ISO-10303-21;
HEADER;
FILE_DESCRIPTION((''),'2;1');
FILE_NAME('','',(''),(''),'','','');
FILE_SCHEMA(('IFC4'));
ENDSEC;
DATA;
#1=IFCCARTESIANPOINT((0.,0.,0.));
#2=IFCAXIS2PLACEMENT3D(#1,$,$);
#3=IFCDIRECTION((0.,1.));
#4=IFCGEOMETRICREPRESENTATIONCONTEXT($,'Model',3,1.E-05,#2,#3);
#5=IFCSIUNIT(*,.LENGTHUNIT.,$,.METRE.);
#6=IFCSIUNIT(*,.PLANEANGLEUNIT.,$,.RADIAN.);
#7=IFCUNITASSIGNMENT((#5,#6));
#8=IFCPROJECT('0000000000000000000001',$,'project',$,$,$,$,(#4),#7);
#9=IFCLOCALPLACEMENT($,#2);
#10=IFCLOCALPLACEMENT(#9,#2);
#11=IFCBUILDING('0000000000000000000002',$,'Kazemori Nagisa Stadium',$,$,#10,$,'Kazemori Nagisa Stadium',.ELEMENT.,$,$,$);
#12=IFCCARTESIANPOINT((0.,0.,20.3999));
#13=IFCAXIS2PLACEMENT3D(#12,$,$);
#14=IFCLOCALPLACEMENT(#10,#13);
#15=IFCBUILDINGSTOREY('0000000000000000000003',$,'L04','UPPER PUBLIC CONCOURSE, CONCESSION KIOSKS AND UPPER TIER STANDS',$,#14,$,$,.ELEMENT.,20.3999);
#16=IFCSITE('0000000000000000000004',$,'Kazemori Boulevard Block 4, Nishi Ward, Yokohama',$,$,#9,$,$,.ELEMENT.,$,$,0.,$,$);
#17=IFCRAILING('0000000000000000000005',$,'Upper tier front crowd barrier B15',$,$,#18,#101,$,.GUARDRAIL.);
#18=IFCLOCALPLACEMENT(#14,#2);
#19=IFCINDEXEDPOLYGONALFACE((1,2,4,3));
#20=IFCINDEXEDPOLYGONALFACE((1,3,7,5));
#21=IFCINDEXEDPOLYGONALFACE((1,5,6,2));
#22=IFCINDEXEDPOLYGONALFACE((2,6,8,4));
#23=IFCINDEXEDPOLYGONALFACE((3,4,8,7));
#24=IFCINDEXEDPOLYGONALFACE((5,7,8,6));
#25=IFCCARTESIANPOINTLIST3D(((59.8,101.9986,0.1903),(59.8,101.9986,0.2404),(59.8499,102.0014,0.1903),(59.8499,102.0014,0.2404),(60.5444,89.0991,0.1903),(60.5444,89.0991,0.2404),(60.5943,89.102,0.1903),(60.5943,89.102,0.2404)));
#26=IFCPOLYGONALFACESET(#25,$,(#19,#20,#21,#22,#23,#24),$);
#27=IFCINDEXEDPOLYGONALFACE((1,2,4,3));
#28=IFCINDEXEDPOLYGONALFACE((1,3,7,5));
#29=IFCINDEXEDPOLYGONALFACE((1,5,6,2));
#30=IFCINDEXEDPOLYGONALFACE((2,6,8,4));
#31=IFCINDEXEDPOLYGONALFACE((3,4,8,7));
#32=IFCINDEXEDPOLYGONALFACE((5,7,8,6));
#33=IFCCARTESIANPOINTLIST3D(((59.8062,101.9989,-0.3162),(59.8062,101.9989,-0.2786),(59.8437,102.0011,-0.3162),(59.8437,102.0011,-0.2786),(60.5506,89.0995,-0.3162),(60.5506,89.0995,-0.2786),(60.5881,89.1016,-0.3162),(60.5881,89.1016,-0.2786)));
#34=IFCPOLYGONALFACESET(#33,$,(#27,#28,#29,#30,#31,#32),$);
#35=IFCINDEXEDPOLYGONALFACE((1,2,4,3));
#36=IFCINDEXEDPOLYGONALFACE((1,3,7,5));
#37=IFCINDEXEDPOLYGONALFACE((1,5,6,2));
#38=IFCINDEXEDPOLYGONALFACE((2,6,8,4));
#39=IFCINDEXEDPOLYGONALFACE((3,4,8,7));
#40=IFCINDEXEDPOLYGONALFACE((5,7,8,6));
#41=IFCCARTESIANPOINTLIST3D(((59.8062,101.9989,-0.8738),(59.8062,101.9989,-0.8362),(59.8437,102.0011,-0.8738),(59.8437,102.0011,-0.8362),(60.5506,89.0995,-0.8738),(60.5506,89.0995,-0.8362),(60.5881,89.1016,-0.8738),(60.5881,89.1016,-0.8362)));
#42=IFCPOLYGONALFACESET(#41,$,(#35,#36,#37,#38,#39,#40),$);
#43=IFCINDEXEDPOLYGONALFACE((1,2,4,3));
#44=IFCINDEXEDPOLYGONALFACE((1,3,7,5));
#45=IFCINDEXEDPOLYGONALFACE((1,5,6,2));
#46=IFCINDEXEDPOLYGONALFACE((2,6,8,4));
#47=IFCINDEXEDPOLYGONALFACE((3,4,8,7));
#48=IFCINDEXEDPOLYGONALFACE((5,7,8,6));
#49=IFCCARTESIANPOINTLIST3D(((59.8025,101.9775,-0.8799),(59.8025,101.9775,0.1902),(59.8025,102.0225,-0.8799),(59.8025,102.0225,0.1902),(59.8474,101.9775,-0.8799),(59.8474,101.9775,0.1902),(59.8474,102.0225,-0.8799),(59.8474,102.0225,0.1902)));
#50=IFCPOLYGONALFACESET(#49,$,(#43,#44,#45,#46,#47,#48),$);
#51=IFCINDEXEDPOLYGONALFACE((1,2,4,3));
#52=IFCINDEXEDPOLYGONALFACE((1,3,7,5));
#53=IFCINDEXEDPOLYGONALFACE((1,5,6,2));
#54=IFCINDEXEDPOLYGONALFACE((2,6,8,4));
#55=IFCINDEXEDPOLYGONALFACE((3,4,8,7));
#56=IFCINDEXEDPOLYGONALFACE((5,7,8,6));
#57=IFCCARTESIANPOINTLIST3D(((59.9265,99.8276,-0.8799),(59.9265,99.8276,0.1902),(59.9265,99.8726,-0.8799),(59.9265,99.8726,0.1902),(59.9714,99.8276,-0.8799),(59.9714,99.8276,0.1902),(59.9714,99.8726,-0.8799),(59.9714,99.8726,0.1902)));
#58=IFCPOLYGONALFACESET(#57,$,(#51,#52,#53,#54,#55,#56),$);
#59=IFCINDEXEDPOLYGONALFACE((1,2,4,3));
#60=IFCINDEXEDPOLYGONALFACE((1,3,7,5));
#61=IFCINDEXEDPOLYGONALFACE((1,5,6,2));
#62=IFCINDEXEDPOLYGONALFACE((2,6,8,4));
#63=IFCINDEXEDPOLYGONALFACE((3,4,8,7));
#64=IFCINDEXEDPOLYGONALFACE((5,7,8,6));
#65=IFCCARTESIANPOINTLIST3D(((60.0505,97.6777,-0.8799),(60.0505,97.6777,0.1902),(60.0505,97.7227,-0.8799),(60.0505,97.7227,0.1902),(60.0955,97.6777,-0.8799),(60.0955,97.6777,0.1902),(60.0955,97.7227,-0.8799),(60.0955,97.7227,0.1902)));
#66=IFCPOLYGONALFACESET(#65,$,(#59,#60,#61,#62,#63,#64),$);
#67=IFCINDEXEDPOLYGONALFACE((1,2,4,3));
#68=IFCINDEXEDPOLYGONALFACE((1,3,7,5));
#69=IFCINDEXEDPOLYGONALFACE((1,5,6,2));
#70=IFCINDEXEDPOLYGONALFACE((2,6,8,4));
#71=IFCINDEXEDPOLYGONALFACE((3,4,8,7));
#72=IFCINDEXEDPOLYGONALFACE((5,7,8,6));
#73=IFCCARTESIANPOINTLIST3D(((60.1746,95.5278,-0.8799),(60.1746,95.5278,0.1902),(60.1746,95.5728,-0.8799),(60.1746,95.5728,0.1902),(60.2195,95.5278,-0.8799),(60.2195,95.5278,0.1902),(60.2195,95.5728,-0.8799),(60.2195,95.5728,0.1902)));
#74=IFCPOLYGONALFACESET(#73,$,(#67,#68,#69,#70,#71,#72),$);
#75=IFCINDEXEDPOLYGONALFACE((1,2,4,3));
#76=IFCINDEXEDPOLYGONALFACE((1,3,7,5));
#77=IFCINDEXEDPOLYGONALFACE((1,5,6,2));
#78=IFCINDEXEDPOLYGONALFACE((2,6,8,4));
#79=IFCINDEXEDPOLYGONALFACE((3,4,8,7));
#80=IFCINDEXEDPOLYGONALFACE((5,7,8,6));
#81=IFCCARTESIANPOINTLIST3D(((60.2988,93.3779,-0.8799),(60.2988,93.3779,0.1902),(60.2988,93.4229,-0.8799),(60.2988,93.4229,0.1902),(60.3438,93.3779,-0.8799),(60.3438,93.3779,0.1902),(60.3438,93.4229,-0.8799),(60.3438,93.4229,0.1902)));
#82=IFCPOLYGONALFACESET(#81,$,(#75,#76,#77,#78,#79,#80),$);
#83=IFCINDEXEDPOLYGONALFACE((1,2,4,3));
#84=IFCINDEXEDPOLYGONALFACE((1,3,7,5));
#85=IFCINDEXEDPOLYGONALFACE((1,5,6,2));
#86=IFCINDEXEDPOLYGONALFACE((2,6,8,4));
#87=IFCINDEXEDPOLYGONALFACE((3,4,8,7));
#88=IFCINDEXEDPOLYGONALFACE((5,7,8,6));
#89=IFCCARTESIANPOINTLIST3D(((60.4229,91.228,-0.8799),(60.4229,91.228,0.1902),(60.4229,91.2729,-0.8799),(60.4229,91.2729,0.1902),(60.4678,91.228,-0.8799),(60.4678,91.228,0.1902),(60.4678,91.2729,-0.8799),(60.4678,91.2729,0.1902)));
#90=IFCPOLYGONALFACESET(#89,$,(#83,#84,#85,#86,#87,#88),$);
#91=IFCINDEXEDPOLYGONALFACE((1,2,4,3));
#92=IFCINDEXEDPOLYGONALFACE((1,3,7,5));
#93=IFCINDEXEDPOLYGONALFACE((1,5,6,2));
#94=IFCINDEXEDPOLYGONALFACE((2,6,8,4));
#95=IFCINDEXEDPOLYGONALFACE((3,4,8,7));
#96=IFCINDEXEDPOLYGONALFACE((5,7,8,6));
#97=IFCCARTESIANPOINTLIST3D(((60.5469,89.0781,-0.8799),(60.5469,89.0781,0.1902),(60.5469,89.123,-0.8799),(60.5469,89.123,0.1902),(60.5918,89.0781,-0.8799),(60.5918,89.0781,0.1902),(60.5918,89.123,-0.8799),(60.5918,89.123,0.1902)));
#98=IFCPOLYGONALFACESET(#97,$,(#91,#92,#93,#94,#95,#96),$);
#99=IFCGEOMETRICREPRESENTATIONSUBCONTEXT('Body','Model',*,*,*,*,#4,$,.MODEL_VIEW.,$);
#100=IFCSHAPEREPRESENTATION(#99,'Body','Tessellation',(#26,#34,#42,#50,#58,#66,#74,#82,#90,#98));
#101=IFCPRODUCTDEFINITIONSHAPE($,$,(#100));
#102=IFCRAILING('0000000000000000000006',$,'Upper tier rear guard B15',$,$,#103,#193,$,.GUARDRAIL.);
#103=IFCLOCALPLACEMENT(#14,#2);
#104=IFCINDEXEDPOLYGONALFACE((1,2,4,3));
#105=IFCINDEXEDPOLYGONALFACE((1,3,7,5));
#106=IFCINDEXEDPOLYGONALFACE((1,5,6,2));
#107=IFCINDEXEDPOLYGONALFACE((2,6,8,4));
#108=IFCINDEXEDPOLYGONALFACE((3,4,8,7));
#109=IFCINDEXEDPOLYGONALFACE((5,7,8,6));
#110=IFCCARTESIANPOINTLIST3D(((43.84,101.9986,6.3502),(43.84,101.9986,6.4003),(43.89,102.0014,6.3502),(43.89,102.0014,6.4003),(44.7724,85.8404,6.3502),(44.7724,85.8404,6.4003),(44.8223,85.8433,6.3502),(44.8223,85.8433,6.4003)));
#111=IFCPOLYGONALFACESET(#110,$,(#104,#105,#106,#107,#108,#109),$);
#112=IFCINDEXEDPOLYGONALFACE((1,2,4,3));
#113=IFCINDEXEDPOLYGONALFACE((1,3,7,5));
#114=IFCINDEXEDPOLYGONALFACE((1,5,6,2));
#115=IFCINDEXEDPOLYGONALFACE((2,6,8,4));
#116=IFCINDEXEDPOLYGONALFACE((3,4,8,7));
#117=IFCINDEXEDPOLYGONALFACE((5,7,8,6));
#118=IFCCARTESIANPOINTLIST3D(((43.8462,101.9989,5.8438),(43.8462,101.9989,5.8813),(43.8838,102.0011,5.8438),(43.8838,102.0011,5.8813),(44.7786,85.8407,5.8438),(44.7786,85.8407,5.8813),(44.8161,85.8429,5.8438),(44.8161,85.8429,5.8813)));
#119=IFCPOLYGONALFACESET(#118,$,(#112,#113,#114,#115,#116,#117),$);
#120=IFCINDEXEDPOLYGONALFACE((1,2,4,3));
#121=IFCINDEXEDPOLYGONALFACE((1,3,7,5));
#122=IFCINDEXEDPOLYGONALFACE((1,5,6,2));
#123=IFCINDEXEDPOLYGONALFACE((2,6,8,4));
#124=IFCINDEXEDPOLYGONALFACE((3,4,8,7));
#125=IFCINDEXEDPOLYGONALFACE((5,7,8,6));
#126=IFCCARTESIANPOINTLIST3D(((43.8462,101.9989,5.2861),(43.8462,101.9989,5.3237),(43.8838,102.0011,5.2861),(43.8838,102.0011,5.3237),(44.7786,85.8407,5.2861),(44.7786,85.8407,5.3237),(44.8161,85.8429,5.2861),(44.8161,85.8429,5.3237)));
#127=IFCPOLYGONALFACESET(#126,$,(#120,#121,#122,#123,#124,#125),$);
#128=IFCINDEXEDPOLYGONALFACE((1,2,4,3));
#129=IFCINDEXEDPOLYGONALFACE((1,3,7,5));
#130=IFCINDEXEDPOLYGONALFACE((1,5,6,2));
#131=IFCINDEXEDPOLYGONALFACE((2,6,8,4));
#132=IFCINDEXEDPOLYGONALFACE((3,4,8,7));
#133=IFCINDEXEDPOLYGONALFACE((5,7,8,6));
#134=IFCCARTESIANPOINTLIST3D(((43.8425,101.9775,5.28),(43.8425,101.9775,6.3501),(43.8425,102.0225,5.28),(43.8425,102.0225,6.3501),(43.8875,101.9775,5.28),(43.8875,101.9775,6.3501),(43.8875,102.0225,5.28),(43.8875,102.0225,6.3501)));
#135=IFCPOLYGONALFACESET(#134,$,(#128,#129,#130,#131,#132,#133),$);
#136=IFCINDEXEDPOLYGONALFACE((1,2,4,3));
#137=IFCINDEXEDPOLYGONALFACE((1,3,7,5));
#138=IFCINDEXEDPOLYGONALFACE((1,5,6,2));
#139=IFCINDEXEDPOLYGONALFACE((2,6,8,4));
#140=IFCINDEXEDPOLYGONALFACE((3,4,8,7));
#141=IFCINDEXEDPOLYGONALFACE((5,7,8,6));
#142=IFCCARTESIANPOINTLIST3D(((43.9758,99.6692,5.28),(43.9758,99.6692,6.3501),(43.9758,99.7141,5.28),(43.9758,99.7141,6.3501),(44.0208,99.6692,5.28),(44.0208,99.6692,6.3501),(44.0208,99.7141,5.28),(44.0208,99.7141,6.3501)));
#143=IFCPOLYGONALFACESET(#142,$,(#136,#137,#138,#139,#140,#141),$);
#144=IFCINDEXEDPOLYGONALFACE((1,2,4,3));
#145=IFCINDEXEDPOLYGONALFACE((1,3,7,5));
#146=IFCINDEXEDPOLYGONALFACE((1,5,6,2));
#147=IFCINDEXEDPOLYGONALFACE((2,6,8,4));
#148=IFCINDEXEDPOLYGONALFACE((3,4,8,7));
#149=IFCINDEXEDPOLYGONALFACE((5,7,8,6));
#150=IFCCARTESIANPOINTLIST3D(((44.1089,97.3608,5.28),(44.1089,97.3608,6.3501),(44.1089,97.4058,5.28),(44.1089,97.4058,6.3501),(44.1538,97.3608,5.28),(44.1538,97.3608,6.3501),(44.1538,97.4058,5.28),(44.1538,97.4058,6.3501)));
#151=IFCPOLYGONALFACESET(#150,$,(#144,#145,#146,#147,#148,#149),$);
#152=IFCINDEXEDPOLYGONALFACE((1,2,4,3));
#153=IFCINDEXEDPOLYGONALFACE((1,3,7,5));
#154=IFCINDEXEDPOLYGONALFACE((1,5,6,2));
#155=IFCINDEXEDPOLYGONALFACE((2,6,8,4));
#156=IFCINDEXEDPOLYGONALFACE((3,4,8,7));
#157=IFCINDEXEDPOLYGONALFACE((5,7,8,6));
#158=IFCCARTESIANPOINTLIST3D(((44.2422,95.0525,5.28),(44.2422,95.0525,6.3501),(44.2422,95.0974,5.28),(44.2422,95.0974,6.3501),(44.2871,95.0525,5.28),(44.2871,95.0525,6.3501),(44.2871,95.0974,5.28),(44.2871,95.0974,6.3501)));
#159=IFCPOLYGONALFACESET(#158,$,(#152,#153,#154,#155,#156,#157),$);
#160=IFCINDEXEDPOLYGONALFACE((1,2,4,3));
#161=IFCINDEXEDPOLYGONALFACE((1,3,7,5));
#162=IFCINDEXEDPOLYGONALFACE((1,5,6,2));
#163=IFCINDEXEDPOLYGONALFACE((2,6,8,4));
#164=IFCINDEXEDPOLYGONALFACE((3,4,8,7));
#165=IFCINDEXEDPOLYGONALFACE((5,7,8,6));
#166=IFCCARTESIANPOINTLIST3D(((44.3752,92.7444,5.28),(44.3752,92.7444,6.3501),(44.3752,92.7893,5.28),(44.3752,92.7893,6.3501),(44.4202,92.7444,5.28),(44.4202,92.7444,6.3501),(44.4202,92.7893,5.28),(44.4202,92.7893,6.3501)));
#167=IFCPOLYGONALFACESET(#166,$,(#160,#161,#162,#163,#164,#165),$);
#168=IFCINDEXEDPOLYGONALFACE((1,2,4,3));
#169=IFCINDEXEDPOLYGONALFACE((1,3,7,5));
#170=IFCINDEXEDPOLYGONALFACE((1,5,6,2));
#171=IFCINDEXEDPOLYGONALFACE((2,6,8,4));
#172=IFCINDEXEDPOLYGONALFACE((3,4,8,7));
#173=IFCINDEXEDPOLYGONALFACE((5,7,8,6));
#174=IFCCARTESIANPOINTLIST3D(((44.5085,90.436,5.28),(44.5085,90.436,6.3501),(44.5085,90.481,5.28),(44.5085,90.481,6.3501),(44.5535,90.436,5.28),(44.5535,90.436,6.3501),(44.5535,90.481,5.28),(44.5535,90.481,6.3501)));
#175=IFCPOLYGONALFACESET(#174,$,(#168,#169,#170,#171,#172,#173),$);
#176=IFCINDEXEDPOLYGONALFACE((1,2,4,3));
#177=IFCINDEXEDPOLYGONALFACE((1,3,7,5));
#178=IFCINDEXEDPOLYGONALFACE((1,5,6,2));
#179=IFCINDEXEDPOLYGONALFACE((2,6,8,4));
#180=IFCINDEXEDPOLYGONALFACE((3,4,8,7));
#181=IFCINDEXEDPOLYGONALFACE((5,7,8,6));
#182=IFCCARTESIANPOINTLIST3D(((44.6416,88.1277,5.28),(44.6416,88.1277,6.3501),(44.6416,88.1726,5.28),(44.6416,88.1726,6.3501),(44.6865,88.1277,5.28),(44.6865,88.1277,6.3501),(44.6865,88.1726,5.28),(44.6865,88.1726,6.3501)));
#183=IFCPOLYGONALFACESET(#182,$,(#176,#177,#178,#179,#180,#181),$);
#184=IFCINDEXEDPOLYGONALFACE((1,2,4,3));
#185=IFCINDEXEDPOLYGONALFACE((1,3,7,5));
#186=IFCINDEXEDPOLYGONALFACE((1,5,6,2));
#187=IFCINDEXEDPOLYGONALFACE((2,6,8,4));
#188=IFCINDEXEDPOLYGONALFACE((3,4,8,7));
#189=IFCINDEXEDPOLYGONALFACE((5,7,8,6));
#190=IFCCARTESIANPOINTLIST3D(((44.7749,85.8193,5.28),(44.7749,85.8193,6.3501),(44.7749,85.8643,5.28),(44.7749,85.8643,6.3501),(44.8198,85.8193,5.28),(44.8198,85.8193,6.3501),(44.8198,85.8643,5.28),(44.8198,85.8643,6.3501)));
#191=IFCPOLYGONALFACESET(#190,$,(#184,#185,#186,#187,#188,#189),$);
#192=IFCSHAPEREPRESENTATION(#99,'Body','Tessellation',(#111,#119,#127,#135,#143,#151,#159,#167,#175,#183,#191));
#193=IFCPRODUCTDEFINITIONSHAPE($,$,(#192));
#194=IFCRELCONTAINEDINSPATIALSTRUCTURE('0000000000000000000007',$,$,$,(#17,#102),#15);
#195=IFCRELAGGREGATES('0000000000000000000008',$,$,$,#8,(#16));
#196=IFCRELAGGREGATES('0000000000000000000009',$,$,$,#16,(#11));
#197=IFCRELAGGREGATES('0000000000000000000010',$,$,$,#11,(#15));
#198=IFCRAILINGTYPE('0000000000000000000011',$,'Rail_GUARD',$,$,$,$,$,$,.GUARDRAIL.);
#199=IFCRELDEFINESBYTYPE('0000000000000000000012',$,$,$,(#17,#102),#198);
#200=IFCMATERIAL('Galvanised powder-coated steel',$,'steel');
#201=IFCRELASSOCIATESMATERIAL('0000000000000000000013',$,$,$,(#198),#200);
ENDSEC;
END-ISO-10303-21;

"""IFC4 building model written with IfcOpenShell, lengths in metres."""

from ifc_helpers import new_model, si_unit, direction, frame, origin, origin_2d, place, context, subcontext, project, spatial, rectangle, extrude, material, type_object, element, save


model = new_model("IFC4")

# Units and contexts
model_context = context("Model", 3, precision=1e-05, world=origin(), true_north=direction((0.0, 1.0)))
body_context = subcontext(model_context, "Body", "Model", "MODEL_VIEW")
ifc_project = project(units=[si_unit("LENGTHUNIT", "METRE"), si_unit("PLANEANGLEUNIT", "RADIAN")], contexts=[model_context])

# Site, building, storey
site_placement = place(None, origin())
site = spatial("IfcSite", under=ifc_project, at=site_placement, Name="Kazemori Boulevard Block 4, Nishi Ward, Yokohama", CompositionType="ELEMENT", RefElevation=0.0)
building_placement = place(site_placement, origin())
building = spatial("IfcBuilding", under=site, at=building_placement, Name="Kazemori Nagisa Stadium", LongName="Kazemori Nagisa Stadium", CompositionType="ELEMENT")
storey_placement = place(building_placement, frame((0.0, 0.0, 20.3999)))
storey = spatial("IfcBuildingStorey", under=building, at=storey_placement, Name="L04", Description="UPPER PUBLIC CONCOURSE, CONCESSION KIOSKS AND UPPER TIER STANDS", CompositionType="ELEMENT", Elevation=20.3999)

# Railings
ifc_material_1 = material(Name="Galvanised powder-coated steel", Category="steel")
railing_type = type_object("IfcRailingType", Name="Rail_GUARD", PredefinedType="GUARDRAIL", material=ifc_material_1)
railing_1_placement = place(storey_placement, frame((59.825, 102.0, -0.8799)))
element("IfcRailing", 1, at=railing_1_placement, inside=storey, type_object=railing_type, Name="Upper tier front crowd barrier B15", PredefinedType="GUARDRAIL", context=body_context, shape_type="SweptSolid", body=[
    extrude(rectangle(XDim=0.05, YDim=0.05, at=origin_2d()), frame((0.0, 0.0, 1.0952), z_axis=(0.057611, -0.998339, 0.0), x_axis=(0.998339, 0.057611, 0.0)), (0.0, 0.0, 1.0), 12.9209),
    extrude(rectangle(XDim=0.0376, YDim=0.0376, at=origin_2d()), frame((0.0, 0.0, 0.5825), z_axis=(0.057611, -0.998339, 0.0), x_axis=(0.998339, 0.057611, 0.0)), (0.0, 0.0, 1.0), 12.9209),
    extrude(rectangle(XDim=0.0376, YDim=0.0376, at=origin_2d()), frame((0.0, 0.0, 0.0249), z_axis=(0.057611, -0.998339, 0.0), x_axis=(0.998339, 0.057611, 0.0)), (0.0, 0.0, 1.0), 12.9209),
    extrude(rectangle(XDim=0.0449, YDim=0.0449, at=origin_2d()), origin(), (0.0, 0.0, 1.0), 1.0701),
    extrude(rectangle(XDim=0.0449, YDim=0.0449, at=origin_2d()), frame((0.124, -2.1499, 0.0)), (0.0, 0.0, 1.0), 1.0701),
    extrude(rectangle(XDim=0.0449, YDim=0.0449, at=origin_2d()), frame((0.248, -4.2998, 0.0)), (0.0, 0.0, 1.0), 1.0701),
    extrude(rectangle(XDim=0.0449, YDim=0.0449, at=origin_2d()), frame((0.3721, -6.4497, 0.0)), (0.0, 0.0, 1.0), 1.0701),
    extrude(rectangle(XDim=0.0449, YDim=0.0449, at=origin_2d()), frame((0.4963, -8.5996, 0.0)), (0.0, 0.0, 1.0), 1.0701),
    extrude(rectangle(XDim=0.0449, YDim=0.0449, at=origin_2d()), frame((0.6204, -10.7495, 0.0)), (0.0, 0.0, 1.0), 1.0701),
    extrude(rectangle(XDim=0.0449, YDim=0.0449, at=origin_2d()), frame((0.7444, -12.8994, 0.0)), (0.0, 0.0, 1.0), 1.0701),
])
railing_2_placement = place(storey_placement, frame((43.865, 102.0, 5.28)))
element("IfcRailing", 2, at=railing_2_placement, inside=storey, type_object=railing_type, Name="Upper tier rear guard B15", PredefinedType="GUARDRAIL", context=body_context, shape_type="SweptSolid", body=[
    extrude(rectangle(XDim=0.05, YDim=0.05, at=origin_2d()), frame((0.0, 0.0, 1.0952), z_axis=(0.057607, -0.998339, 0.0), x_axis=(0.998339, 0.057607, 0.0)), (0.0, 0.0, 1.0), 16.1851),
    extrude(rectangle(XDim=0.0376, YDim=0.0376, at=origin_2d()), frame((0.0, 0.0, 0.5825), z_axis=(0.057607, -0.998339, 0.0), x_axis=(0.998339, 0.057607, 0.0)), (0.0, 0.0, 1.0), 16.1851),
    extrude(rectangle(XDim=0.0376, YDim=0.0376, at=origin_2d()), frame((0.0, 0.0, 0.0249), z_axis=(0.057607, -0.998339, 0.0), x_axis=(0.998339, 0.057607, 0.0)), (0.0, 0.0, 1.0), 16.1851),
    extrude(rectangle(XDim=0.0449, YDim=0.0449, at=origin_2d()), origin(), (0.0, 0.0, 1.0), 1.0701),
    extrude(rectangle(XDim=0.0449, YDim=0.0449, at=origin_2d()), frame((0.1333, -2.3083, 0.0)), (0.0, 0.0, 1.0), 1.0701),
    extrude(rectangle(XDim=0.0449, YDim=0.0449, at=origin_2d()), frame((0.2664, -4.6167, 0.0)), (0.0, 0.0, 1.0), 1.0701),
    extrude(rectangle(XDim=0.0449, YDim=0.0449, at=origin_2d()), frame((0.3997, -6.925, 0.0)), (0.0, 0.0, 1.0), 1.0701),
    extrude(rectangle(XDim=0.0449, YDim=0.0449, at=origin_2d()), frame((0.5327, -9.2332, 0.0)), (0.0, 0.0, 1.0), 1.0701),
    extrude(rectangle(XDim=0.0449, YDim=0.0449, at=origin_2d()), frame((0.666, -11.5415, 0.0)), (0.0, 0.0, 1.0), 1.0701),
    extrude(rectangle(XDim=0.0449, YDim=0.0449, at=origin_2d()), frame((0.7991, -13.8499, 0.0)), (0.0, 0.0, 1.0), 1.0701),
    extrude(rectangle(XDim=0.0449, YDim=0.0449, at=origin_2d()), frame((0.9324, -16.1582, 0.0)), (0.0, 0.0, 1.0), 1.0701),
])

save(model, "model.ifc")
